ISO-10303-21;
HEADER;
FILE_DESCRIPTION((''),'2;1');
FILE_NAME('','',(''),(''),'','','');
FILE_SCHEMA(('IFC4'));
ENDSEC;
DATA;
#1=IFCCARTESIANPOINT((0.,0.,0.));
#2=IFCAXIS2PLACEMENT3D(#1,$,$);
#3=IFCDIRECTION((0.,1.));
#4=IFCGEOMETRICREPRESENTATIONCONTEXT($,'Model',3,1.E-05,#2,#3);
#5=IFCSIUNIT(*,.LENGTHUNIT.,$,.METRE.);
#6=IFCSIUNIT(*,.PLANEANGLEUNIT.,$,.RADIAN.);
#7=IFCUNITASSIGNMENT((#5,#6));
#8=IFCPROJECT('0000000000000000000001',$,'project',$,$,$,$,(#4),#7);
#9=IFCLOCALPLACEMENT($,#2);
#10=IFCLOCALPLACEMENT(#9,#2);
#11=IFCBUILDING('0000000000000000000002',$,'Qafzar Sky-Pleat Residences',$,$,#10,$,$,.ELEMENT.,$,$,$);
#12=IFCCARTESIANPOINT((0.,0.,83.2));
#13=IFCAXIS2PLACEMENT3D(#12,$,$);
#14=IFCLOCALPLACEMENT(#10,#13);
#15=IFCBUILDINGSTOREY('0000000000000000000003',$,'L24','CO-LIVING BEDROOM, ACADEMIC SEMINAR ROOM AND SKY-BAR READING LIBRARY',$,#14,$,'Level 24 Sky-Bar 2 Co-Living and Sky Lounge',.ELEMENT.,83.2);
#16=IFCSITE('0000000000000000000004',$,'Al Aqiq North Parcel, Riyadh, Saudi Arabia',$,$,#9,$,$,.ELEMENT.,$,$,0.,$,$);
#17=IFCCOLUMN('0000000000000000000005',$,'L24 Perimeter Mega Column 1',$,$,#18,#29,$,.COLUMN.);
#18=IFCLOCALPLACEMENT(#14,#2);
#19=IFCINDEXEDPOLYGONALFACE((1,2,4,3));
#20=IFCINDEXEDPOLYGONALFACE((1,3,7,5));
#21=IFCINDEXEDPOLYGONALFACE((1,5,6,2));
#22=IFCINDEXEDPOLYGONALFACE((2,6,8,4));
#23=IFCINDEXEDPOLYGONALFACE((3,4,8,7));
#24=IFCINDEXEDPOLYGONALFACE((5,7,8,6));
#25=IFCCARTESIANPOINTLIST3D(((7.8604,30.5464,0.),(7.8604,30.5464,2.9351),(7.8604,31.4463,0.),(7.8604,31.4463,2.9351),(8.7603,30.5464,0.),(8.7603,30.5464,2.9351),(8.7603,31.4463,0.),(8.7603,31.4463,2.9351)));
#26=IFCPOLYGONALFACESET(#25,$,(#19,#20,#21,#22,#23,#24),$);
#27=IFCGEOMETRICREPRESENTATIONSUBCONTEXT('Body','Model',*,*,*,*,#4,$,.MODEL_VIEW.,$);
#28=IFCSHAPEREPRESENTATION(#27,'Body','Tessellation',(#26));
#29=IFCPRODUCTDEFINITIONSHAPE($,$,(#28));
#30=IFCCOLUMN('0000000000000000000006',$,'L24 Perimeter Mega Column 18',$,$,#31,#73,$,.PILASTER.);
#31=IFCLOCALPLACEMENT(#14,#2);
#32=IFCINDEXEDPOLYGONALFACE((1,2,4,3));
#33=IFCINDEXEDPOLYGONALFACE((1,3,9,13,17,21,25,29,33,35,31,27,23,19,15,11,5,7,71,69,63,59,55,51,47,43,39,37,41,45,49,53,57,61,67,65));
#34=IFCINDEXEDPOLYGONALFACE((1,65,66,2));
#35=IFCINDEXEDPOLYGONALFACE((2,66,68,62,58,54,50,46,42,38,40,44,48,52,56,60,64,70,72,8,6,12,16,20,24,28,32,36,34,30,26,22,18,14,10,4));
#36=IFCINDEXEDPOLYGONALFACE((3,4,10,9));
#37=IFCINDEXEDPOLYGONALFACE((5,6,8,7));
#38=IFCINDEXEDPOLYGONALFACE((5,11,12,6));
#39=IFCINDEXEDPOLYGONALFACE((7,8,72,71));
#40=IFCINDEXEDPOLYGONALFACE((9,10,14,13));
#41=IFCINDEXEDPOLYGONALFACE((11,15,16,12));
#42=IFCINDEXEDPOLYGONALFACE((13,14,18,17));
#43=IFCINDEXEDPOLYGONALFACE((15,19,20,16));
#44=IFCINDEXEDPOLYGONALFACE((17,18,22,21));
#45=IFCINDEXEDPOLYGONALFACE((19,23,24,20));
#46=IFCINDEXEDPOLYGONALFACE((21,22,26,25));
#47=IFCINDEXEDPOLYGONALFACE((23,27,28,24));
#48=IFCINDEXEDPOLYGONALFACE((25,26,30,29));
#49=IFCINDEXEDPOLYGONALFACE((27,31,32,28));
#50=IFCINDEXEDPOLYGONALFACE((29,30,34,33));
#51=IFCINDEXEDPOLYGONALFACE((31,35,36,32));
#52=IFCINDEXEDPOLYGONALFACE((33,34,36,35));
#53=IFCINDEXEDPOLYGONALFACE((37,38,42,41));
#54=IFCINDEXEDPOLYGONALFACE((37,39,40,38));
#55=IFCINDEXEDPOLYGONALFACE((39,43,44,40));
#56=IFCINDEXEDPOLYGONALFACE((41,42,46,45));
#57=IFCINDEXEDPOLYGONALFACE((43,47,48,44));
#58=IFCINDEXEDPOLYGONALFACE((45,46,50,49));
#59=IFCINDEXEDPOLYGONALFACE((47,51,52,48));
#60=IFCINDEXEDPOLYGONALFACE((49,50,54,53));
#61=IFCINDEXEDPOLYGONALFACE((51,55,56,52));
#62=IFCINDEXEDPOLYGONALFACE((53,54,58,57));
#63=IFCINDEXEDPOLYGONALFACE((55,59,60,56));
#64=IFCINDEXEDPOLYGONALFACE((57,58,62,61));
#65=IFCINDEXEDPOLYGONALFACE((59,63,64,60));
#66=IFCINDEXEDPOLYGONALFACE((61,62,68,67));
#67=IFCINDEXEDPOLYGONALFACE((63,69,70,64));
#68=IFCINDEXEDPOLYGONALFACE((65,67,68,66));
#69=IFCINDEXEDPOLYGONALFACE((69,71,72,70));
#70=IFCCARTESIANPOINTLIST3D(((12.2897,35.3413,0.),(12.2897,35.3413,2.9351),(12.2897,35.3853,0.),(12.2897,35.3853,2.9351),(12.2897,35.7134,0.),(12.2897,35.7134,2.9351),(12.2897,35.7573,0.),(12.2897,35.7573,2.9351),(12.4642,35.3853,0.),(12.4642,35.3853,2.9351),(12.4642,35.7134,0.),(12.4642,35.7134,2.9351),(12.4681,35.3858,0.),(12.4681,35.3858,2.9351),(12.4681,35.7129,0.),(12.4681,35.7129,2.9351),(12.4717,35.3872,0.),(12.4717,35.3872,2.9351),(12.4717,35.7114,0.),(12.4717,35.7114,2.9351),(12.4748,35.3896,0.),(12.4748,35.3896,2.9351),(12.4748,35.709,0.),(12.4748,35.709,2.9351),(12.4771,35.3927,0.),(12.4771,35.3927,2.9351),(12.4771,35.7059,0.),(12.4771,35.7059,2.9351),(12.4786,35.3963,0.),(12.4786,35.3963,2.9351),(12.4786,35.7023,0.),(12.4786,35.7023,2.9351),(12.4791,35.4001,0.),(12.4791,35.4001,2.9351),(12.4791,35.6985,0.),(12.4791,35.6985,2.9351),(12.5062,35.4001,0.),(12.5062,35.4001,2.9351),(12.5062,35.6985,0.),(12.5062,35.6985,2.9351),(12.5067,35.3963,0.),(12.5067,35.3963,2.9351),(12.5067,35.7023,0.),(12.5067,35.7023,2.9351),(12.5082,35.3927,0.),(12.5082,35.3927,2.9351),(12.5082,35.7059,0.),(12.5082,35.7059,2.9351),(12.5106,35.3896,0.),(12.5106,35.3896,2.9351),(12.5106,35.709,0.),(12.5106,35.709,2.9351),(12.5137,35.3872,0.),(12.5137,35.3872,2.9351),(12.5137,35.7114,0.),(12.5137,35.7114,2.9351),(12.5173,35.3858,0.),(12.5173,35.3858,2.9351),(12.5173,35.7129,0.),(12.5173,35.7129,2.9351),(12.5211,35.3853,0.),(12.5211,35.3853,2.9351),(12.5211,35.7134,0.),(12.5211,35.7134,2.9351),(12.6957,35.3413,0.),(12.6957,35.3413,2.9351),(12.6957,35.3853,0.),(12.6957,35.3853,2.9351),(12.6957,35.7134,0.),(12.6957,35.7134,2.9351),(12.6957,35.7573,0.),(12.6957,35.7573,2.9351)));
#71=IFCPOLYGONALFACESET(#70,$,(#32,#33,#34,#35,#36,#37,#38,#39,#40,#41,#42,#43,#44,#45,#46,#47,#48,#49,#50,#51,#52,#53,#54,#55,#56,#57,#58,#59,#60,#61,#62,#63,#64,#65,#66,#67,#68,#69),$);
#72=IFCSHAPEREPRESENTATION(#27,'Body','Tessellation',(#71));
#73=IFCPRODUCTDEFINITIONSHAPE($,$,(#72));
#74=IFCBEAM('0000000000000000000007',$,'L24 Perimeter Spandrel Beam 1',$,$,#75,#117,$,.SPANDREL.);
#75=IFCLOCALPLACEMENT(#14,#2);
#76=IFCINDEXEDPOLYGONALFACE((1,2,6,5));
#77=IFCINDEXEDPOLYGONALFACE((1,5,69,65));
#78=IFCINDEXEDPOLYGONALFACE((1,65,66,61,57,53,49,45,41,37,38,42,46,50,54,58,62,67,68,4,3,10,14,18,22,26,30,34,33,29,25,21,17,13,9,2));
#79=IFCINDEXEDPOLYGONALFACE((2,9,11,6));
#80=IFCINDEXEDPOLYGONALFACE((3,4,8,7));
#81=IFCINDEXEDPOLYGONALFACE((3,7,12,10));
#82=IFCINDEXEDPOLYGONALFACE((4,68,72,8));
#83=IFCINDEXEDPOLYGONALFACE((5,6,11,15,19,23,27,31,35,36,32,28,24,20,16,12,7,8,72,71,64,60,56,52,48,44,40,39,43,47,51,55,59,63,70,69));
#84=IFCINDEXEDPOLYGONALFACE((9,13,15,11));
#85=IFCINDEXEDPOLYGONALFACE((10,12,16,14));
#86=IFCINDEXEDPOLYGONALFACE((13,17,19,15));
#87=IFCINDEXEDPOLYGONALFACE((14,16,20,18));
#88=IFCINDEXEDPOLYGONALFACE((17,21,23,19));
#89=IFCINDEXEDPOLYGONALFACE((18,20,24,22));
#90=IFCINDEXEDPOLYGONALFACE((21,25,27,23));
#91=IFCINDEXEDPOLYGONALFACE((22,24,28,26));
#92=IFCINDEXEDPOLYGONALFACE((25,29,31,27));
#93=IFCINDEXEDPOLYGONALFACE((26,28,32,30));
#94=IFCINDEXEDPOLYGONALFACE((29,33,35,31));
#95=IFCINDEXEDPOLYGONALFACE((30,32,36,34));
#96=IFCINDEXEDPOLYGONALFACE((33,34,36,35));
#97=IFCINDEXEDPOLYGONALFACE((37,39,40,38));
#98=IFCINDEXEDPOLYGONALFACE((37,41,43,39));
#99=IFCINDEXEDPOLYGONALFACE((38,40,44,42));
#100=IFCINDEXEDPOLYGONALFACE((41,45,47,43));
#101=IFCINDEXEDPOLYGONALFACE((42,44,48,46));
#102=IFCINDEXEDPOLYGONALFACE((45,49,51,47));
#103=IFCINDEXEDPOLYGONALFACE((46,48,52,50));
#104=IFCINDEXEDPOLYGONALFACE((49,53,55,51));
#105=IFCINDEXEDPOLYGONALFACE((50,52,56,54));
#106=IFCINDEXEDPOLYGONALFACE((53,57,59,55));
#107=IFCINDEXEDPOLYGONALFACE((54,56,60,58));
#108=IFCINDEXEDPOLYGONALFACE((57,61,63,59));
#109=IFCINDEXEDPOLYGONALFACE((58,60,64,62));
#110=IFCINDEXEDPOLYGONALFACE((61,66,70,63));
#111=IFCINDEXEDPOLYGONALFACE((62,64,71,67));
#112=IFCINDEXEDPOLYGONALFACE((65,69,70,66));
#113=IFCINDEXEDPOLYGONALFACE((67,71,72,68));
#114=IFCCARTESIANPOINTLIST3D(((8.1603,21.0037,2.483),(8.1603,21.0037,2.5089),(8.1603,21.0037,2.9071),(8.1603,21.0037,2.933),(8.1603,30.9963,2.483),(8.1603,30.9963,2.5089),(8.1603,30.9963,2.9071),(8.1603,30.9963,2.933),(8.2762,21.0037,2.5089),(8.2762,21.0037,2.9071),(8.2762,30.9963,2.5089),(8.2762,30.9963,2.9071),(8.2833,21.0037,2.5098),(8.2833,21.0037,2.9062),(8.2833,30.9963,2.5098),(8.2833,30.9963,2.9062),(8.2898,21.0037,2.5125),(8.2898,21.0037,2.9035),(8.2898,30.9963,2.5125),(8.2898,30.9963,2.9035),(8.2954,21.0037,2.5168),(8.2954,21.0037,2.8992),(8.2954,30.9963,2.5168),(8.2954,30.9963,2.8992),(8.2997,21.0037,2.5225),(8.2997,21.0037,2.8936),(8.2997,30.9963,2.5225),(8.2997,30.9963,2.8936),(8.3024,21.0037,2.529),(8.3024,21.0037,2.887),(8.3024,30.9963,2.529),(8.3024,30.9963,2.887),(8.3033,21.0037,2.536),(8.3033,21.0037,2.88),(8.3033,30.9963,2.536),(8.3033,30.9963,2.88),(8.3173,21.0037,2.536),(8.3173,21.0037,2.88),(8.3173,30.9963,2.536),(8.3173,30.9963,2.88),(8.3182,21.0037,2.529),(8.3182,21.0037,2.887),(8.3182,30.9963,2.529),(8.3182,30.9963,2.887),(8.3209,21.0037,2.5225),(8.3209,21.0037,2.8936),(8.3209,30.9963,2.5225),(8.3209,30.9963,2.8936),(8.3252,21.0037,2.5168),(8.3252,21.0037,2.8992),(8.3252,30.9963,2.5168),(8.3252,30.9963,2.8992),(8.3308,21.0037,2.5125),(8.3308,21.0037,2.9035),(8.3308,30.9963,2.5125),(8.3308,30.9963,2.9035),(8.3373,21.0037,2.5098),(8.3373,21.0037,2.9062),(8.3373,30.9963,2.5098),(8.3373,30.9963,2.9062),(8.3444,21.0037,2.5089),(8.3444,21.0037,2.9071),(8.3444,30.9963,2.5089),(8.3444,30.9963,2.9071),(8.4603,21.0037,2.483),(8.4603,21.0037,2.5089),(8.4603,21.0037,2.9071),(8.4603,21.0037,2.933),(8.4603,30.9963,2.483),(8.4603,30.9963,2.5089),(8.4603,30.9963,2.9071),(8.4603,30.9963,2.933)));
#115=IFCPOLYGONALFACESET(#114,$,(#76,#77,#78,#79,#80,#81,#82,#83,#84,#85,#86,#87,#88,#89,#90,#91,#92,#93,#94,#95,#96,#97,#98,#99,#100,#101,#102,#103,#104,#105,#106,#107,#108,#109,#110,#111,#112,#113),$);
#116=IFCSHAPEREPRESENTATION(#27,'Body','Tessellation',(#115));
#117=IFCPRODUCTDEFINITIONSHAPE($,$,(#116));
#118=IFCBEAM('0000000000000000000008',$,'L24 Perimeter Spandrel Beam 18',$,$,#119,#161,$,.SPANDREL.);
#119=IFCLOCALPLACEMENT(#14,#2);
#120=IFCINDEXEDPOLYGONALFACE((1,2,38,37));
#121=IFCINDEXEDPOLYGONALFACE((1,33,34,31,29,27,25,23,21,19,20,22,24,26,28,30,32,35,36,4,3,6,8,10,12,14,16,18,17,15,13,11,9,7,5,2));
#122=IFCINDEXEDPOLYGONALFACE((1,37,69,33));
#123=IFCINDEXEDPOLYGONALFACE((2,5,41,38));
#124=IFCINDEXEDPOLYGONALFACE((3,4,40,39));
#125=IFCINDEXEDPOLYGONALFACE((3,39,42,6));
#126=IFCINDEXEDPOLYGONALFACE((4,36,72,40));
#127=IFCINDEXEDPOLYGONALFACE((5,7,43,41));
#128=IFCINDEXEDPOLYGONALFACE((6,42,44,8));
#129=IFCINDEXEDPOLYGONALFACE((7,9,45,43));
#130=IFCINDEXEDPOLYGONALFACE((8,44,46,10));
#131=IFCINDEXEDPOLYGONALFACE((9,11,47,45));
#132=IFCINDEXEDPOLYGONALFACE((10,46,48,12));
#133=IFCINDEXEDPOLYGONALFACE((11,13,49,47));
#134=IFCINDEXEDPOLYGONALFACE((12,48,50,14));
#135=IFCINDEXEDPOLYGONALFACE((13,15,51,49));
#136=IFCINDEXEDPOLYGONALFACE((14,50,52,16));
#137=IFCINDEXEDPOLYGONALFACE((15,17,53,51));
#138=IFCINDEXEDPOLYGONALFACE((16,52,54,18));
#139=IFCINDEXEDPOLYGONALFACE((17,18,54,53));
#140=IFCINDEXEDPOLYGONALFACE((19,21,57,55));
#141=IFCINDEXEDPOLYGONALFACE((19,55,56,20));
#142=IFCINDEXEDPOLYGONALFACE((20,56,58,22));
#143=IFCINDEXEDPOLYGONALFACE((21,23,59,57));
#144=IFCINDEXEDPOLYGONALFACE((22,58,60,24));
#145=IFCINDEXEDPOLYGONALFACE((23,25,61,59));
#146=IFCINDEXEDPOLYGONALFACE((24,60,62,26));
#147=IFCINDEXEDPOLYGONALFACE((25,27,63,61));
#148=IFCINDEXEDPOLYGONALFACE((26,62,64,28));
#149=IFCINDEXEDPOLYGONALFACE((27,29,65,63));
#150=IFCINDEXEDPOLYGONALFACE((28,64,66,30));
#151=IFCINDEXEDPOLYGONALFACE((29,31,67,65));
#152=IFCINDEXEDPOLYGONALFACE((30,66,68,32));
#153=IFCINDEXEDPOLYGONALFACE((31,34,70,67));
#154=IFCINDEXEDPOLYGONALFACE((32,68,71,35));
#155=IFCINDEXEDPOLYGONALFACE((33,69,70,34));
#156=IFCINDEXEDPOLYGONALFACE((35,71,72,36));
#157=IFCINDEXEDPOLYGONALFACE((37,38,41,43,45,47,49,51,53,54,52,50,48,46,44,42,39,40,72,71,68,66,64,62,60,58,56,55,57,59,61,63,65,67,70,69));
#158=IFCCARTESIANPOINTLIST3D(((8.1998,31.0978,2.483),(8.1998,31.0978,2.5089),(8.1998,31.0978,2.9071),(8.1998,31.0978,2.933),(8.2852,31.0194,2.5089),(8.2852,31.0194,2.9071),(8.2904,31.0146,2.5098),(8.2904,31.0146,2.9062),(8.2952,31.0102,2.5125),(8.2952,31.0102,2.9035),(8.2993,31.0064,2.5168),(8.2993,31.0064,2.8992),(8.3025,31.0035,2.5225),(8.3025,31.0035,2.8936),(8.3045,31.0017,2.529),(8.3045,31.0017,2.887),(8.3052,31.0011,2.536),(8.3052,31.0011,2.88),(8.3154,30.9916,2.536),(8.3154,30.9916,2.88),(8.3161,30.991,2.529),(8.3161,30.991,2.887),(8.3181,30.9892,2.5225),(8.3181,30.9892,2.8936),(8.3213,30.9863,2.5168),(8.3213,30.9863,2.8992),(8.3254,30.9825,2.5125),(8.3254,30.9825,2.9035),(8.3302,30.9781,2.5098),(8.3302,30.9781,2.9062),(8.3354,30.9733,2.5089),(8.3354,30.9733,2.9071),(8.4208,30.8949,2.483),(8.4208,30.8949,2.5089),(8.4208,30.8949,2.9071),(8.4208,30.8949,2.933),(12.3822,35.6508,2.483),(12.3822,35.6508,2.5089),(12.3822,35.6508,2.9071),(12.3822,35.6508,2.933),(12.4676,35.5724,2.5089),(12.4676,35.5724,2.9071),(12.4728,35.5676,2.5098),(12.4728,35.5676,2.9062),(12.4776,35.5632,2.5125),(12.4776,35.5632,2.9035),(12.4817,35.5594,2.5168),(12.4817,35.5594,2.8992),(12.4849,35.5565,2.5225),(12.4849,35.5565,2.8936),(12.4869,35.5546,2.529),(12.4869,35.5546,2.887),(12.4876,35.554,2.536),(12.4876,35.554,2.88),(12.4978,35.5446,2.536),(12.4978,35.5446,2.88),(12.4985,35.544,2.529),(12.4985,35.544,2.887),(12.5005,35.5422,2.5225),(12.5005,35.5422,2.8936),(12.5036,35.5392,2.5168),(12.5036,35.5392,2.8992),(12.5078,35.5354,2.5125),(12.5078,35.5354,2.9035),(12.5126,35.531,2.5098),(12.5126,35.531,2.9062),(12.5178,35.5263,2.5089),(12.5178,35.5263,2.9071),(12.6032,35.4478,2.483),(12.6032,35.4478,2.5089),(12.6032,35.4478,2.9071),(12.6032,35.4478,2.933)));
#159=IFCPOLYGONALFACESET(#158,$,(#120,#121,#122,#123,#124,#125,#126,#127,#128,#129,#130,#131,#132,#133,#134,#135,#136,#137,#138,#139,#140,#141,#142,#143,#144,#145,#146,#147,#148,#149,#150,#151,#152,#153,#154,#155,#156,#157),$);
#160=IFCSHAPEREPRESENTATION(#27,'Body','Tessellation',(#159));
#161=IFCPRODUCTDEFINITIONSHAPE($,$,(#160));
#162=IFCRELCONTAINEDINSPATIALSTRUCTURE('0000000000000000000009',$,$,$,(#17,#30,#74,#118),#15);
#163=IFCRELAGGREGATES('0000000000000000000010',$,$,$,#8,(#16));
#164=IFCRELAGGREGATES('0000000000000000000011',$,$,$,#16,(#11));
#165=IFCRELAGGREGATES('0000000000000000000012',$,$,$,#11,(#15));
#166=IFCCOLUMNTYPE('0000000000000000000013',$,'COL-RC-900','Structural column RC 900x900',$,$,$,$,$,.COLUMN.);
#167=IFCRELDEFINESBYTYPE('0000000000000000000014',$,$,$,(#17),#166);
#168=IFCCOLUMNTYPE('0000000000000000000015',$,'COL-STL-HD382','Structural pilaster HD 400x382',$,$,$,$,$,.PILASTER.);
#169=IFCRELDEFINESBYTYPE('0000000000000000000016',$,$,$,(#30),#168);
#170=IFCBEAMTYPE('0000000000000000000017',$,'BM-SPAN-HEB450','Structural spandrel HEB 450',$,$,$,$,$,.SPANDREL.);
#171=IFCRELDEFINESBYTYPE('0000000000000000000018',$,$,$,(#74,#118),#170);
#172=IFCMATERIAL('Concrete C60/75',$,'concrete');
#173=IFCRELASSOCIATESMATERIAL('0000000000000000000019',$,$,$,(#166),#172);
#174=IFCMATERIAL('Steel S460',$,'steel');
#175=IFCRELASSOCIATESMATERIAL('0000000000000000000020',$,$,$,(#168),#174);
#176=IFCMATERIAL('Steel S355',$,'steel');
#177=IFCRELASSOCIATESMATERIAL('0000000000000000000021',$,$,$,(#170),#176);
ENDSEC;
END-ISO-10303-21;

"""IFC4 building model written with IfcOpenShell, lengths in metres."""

from ifc_helpers import new_model, si_unit, direction, frame, origin, origin_2d, place, context, subcontext, project, spatial, rectangle, i_section, extrude, source, transform, mapped, material, material_profile, profile_set, type_object, element, save


model = new_model("IFC4")

# Units and contexts
model_context = context("Model", 3, precision=1e-05, world=origin(), true_north=direction((0.0, 1.0)))
body_context = subcontext(model_context, "Body", "Model", "MODEL_VIEW")
ifc_project = project(units=[si_unit("LENGTHUNIT", "METRE"), si_unit("PLANEANGLEUNIT", "RADIAN")], contexts=[model_context])

# Site, building, storey
site_placement = place(None, origin())
site = spatial("IfcSite", under=ifc_project, at=site_placement, Name="Al Aqiq North Parcel, Riyadh, Saudi Arabia", CompositionType="ELEMENT", RefElevation=0.0)
building_placement = place(site_placement, origin())
building = spatial("IfcBuilding", under=site, at=building_placement, Name="Qafzar Sky-Pleat Residences", CompositionType="ELEMENT")
storey_placement = place(building_placement, frame((0.0, 0.0, 83.2)))
storey = spatial("IfcBuildingStorey", under=building, at=storey_placement, Name="L24", Description="CO-LIVING BEDROOM, ACADEMIC SEMINAR ROOM AND SKY-BAR READING LIBRARY", LongName="Level 24 Sky-Bar 2 Co-Living and Sky Lounge", CompositionType="ELEMENT", Elevation=83.2)

# Columns
ifc_material_1 = material(Name="Concrete C60/75", Category="concrete")
ifc_material_profile_1 = material_profile(ifc_material_1, rectangle(XDim=0.8999, YDim=0.8999, at=origin_2d()), Name="RC 900x900")
ifc_profile_set_1 = profile_set([ifc_material_profile_1], Name="Concrete C60/75")
column_type_1 = type_object("IfcColumnType", Name="COL-RC-900", Description="Structural column RC 900x900", PredefinedType="COLUMN", material=ifc_profile_set_1)
shared_shape_1 = source(origin(), body_context, "Body", "SweptSolid", [
    extrude(rectangle(XDim=0.8999, YDim=0.8999, at=origin_2d()), origin(), (0.0, 0.0, 1.0), 2.9351),
])
column_1_placement = place(storey_placement, frame((8.3103, 30.9963, 0.0), z_axis=(0.0, 0.0, 1.0), x_axis=(1.0, 0.0, 0.0)))
element("IfcColumn", 1, at=column_1_placement, inside=storey, type_object=column_type_1, Name="L24 Perimeter Mega Column 1", PredefinedType="COLUMN", context=body_context, shape_type="MappedRepresentation", body=[
    mapped(shared_shape_1, transform((0.0, 0.0, 0.0), x_axis=(1.0, 0.0, 0.0), y_axis=(0.0, 1.0, 0.0), z_axis=(0.0, 0.0, 1.0), scale=1.0)),
])
ifc_material_2 = material(Name="Steel S460", Category="steel")
ifc_material_profile_2 = material_profile(ifc_material_2, i_section(OverallWidth=0.406, OverallDepth=0.416, WebThickness=0.0271, FlangeThickness=0.0439, FilletRadius=0.0149, at=origin_2d()), Name="HD 400x382")
ifc_profile_set_2 = profile_set([ifc_material_profile_2], Name="Steel S460")
column_type_2 = type_object("IfcColumnType", Name="COL-STL-HD382", Description="Structural pilaster HD 400x382", PredefinedType="PILASTER", material=ifc_profile_set_2)
shared_shape_2 = source(origin(), body_context, "Body", "SweptSolid", [
    extrude(i_section(OverallWidth=0.406, OverallDepth=0.416, WebThickness=0.0271, FlangeThickness=0.0439, FilletRadius=0.0149, at=origin_2d()), origin(), (0.0, 0.0, 1.0), 2.9351),
])
column_2_placement = place(storey_placement, frame((12.4927, 35.5493, 0.0), z_axis=(0.0, 0.0, 1.0), x_axis=(1.0, 0.0, 0.0)))
element("IfcColumn", 2, at=column_2_placement, inside=storey, type_object=column_type_2, Name="L24 Perimeter Mega Column 18", PredefinedType="PILASTER", context=body_context, shape_type="MappedRepresentation", body=[
    mapped(shared_shape_2, transform((0.0, 0.0, 0.0), x_axis=(1.0, 0.0, 0.0), y_axis=(0.0, 1.0, 0.0), z_axis=(0.0, 0.0, 1.0), scale=1.0)),
])

# Beams
ifc_material_3 = material(Name="Steel S355", Category="steel")
ifc_material_profile_3 = material_profile(ifc_material_3, i_section(OverallWidth=0.3, OverallDepth=0.45, WebThickness=0.0139, FlangeThickness=0.0259, FilletRadius=0.0271, at=origin_2d()), Name="HEB 450")
ifc_profile_set_3 = profile_set([ifc_material_profile_3], Name="Steel S355")
beam_type_1 = type_object("IfcBeamType", Name="BM-SPAN-HEB450", Description="Structural spandrel HEB 450", PredefinedType="SPANDREL", material=ifc_profile_set_3)
shared_shape_3 = source(origin(), body_context, "Body", "SweptSolid", [
    extrude(i_section(OverallWidth=0.3, OverallDepth=0.45, WebThickness=0.0139, FlangeThickness=0.0259, FilletRadius=0.0271, at=origin_2d()), origin(), (0.0, 0.0, 1.0), 9.9927),
])
beam_1_placement = place(storey_placement, frame((8.3103, 30.9963, 2.708), z_axis=(0.0, -1.0, 0.0), x_axis=(1.0, 0.0, 0.0)))
element("IfcBeam", 3, at=beam_1_placement, inside=storey, type_object=beam_type_1, Name="L24 Perimeter Spandrel Beam 1", PredefinedType="SPANDREL", context=body_context, shape_type="MappedRepresentation", body=[
    mapped(shared_shape_3, transform((0.0, 0.0, 0.0), x_axis=(1.0, 0.0, 0.0), y_axis=(0.0, 1.0, 0.0), z_axis=(0.0, 0.0, 1.0), scale=1.0)),
])
shared_shape_4 = source(origin(), body_context, "Body", "SweptSolid", [
    extrude(i_section(OverallWidth=0.3, OverallDepth=0.45, WebThickness=0.0139, FlangeThickness=0.0259, FilletRadius=0.0271, at=origin_2d()), origin(), (0.0, 0.0, 1.0), 6.1824),
])
beam_2_placement = place(storey_placement, frame((12.4927, 35.5493, 2.708), z_axis=(-0.676499, -0.736444, 0.0), x_axis=(0.736444, -0.676499, 0.0)))
element("IfcBeam", 4, at=beam_2_placement, inside=storey, type_object=beam_type_1, Name="L24 Perimeter Spandrel Beam 18", PredefinedType="SPANDREL", context=body_context, shape_type="MappedRepresentation", body=[
    mapped(shared_shape_4, transform((0.0, 0.0, 0.0), x_axis=(1.0, 0.0, 0.0), y_axis=(0.0, 1.0, 0.0), z_axis=(0.0, 0.0, 1.0), scale=1.0)),
])

save(model, "model.ifc")
